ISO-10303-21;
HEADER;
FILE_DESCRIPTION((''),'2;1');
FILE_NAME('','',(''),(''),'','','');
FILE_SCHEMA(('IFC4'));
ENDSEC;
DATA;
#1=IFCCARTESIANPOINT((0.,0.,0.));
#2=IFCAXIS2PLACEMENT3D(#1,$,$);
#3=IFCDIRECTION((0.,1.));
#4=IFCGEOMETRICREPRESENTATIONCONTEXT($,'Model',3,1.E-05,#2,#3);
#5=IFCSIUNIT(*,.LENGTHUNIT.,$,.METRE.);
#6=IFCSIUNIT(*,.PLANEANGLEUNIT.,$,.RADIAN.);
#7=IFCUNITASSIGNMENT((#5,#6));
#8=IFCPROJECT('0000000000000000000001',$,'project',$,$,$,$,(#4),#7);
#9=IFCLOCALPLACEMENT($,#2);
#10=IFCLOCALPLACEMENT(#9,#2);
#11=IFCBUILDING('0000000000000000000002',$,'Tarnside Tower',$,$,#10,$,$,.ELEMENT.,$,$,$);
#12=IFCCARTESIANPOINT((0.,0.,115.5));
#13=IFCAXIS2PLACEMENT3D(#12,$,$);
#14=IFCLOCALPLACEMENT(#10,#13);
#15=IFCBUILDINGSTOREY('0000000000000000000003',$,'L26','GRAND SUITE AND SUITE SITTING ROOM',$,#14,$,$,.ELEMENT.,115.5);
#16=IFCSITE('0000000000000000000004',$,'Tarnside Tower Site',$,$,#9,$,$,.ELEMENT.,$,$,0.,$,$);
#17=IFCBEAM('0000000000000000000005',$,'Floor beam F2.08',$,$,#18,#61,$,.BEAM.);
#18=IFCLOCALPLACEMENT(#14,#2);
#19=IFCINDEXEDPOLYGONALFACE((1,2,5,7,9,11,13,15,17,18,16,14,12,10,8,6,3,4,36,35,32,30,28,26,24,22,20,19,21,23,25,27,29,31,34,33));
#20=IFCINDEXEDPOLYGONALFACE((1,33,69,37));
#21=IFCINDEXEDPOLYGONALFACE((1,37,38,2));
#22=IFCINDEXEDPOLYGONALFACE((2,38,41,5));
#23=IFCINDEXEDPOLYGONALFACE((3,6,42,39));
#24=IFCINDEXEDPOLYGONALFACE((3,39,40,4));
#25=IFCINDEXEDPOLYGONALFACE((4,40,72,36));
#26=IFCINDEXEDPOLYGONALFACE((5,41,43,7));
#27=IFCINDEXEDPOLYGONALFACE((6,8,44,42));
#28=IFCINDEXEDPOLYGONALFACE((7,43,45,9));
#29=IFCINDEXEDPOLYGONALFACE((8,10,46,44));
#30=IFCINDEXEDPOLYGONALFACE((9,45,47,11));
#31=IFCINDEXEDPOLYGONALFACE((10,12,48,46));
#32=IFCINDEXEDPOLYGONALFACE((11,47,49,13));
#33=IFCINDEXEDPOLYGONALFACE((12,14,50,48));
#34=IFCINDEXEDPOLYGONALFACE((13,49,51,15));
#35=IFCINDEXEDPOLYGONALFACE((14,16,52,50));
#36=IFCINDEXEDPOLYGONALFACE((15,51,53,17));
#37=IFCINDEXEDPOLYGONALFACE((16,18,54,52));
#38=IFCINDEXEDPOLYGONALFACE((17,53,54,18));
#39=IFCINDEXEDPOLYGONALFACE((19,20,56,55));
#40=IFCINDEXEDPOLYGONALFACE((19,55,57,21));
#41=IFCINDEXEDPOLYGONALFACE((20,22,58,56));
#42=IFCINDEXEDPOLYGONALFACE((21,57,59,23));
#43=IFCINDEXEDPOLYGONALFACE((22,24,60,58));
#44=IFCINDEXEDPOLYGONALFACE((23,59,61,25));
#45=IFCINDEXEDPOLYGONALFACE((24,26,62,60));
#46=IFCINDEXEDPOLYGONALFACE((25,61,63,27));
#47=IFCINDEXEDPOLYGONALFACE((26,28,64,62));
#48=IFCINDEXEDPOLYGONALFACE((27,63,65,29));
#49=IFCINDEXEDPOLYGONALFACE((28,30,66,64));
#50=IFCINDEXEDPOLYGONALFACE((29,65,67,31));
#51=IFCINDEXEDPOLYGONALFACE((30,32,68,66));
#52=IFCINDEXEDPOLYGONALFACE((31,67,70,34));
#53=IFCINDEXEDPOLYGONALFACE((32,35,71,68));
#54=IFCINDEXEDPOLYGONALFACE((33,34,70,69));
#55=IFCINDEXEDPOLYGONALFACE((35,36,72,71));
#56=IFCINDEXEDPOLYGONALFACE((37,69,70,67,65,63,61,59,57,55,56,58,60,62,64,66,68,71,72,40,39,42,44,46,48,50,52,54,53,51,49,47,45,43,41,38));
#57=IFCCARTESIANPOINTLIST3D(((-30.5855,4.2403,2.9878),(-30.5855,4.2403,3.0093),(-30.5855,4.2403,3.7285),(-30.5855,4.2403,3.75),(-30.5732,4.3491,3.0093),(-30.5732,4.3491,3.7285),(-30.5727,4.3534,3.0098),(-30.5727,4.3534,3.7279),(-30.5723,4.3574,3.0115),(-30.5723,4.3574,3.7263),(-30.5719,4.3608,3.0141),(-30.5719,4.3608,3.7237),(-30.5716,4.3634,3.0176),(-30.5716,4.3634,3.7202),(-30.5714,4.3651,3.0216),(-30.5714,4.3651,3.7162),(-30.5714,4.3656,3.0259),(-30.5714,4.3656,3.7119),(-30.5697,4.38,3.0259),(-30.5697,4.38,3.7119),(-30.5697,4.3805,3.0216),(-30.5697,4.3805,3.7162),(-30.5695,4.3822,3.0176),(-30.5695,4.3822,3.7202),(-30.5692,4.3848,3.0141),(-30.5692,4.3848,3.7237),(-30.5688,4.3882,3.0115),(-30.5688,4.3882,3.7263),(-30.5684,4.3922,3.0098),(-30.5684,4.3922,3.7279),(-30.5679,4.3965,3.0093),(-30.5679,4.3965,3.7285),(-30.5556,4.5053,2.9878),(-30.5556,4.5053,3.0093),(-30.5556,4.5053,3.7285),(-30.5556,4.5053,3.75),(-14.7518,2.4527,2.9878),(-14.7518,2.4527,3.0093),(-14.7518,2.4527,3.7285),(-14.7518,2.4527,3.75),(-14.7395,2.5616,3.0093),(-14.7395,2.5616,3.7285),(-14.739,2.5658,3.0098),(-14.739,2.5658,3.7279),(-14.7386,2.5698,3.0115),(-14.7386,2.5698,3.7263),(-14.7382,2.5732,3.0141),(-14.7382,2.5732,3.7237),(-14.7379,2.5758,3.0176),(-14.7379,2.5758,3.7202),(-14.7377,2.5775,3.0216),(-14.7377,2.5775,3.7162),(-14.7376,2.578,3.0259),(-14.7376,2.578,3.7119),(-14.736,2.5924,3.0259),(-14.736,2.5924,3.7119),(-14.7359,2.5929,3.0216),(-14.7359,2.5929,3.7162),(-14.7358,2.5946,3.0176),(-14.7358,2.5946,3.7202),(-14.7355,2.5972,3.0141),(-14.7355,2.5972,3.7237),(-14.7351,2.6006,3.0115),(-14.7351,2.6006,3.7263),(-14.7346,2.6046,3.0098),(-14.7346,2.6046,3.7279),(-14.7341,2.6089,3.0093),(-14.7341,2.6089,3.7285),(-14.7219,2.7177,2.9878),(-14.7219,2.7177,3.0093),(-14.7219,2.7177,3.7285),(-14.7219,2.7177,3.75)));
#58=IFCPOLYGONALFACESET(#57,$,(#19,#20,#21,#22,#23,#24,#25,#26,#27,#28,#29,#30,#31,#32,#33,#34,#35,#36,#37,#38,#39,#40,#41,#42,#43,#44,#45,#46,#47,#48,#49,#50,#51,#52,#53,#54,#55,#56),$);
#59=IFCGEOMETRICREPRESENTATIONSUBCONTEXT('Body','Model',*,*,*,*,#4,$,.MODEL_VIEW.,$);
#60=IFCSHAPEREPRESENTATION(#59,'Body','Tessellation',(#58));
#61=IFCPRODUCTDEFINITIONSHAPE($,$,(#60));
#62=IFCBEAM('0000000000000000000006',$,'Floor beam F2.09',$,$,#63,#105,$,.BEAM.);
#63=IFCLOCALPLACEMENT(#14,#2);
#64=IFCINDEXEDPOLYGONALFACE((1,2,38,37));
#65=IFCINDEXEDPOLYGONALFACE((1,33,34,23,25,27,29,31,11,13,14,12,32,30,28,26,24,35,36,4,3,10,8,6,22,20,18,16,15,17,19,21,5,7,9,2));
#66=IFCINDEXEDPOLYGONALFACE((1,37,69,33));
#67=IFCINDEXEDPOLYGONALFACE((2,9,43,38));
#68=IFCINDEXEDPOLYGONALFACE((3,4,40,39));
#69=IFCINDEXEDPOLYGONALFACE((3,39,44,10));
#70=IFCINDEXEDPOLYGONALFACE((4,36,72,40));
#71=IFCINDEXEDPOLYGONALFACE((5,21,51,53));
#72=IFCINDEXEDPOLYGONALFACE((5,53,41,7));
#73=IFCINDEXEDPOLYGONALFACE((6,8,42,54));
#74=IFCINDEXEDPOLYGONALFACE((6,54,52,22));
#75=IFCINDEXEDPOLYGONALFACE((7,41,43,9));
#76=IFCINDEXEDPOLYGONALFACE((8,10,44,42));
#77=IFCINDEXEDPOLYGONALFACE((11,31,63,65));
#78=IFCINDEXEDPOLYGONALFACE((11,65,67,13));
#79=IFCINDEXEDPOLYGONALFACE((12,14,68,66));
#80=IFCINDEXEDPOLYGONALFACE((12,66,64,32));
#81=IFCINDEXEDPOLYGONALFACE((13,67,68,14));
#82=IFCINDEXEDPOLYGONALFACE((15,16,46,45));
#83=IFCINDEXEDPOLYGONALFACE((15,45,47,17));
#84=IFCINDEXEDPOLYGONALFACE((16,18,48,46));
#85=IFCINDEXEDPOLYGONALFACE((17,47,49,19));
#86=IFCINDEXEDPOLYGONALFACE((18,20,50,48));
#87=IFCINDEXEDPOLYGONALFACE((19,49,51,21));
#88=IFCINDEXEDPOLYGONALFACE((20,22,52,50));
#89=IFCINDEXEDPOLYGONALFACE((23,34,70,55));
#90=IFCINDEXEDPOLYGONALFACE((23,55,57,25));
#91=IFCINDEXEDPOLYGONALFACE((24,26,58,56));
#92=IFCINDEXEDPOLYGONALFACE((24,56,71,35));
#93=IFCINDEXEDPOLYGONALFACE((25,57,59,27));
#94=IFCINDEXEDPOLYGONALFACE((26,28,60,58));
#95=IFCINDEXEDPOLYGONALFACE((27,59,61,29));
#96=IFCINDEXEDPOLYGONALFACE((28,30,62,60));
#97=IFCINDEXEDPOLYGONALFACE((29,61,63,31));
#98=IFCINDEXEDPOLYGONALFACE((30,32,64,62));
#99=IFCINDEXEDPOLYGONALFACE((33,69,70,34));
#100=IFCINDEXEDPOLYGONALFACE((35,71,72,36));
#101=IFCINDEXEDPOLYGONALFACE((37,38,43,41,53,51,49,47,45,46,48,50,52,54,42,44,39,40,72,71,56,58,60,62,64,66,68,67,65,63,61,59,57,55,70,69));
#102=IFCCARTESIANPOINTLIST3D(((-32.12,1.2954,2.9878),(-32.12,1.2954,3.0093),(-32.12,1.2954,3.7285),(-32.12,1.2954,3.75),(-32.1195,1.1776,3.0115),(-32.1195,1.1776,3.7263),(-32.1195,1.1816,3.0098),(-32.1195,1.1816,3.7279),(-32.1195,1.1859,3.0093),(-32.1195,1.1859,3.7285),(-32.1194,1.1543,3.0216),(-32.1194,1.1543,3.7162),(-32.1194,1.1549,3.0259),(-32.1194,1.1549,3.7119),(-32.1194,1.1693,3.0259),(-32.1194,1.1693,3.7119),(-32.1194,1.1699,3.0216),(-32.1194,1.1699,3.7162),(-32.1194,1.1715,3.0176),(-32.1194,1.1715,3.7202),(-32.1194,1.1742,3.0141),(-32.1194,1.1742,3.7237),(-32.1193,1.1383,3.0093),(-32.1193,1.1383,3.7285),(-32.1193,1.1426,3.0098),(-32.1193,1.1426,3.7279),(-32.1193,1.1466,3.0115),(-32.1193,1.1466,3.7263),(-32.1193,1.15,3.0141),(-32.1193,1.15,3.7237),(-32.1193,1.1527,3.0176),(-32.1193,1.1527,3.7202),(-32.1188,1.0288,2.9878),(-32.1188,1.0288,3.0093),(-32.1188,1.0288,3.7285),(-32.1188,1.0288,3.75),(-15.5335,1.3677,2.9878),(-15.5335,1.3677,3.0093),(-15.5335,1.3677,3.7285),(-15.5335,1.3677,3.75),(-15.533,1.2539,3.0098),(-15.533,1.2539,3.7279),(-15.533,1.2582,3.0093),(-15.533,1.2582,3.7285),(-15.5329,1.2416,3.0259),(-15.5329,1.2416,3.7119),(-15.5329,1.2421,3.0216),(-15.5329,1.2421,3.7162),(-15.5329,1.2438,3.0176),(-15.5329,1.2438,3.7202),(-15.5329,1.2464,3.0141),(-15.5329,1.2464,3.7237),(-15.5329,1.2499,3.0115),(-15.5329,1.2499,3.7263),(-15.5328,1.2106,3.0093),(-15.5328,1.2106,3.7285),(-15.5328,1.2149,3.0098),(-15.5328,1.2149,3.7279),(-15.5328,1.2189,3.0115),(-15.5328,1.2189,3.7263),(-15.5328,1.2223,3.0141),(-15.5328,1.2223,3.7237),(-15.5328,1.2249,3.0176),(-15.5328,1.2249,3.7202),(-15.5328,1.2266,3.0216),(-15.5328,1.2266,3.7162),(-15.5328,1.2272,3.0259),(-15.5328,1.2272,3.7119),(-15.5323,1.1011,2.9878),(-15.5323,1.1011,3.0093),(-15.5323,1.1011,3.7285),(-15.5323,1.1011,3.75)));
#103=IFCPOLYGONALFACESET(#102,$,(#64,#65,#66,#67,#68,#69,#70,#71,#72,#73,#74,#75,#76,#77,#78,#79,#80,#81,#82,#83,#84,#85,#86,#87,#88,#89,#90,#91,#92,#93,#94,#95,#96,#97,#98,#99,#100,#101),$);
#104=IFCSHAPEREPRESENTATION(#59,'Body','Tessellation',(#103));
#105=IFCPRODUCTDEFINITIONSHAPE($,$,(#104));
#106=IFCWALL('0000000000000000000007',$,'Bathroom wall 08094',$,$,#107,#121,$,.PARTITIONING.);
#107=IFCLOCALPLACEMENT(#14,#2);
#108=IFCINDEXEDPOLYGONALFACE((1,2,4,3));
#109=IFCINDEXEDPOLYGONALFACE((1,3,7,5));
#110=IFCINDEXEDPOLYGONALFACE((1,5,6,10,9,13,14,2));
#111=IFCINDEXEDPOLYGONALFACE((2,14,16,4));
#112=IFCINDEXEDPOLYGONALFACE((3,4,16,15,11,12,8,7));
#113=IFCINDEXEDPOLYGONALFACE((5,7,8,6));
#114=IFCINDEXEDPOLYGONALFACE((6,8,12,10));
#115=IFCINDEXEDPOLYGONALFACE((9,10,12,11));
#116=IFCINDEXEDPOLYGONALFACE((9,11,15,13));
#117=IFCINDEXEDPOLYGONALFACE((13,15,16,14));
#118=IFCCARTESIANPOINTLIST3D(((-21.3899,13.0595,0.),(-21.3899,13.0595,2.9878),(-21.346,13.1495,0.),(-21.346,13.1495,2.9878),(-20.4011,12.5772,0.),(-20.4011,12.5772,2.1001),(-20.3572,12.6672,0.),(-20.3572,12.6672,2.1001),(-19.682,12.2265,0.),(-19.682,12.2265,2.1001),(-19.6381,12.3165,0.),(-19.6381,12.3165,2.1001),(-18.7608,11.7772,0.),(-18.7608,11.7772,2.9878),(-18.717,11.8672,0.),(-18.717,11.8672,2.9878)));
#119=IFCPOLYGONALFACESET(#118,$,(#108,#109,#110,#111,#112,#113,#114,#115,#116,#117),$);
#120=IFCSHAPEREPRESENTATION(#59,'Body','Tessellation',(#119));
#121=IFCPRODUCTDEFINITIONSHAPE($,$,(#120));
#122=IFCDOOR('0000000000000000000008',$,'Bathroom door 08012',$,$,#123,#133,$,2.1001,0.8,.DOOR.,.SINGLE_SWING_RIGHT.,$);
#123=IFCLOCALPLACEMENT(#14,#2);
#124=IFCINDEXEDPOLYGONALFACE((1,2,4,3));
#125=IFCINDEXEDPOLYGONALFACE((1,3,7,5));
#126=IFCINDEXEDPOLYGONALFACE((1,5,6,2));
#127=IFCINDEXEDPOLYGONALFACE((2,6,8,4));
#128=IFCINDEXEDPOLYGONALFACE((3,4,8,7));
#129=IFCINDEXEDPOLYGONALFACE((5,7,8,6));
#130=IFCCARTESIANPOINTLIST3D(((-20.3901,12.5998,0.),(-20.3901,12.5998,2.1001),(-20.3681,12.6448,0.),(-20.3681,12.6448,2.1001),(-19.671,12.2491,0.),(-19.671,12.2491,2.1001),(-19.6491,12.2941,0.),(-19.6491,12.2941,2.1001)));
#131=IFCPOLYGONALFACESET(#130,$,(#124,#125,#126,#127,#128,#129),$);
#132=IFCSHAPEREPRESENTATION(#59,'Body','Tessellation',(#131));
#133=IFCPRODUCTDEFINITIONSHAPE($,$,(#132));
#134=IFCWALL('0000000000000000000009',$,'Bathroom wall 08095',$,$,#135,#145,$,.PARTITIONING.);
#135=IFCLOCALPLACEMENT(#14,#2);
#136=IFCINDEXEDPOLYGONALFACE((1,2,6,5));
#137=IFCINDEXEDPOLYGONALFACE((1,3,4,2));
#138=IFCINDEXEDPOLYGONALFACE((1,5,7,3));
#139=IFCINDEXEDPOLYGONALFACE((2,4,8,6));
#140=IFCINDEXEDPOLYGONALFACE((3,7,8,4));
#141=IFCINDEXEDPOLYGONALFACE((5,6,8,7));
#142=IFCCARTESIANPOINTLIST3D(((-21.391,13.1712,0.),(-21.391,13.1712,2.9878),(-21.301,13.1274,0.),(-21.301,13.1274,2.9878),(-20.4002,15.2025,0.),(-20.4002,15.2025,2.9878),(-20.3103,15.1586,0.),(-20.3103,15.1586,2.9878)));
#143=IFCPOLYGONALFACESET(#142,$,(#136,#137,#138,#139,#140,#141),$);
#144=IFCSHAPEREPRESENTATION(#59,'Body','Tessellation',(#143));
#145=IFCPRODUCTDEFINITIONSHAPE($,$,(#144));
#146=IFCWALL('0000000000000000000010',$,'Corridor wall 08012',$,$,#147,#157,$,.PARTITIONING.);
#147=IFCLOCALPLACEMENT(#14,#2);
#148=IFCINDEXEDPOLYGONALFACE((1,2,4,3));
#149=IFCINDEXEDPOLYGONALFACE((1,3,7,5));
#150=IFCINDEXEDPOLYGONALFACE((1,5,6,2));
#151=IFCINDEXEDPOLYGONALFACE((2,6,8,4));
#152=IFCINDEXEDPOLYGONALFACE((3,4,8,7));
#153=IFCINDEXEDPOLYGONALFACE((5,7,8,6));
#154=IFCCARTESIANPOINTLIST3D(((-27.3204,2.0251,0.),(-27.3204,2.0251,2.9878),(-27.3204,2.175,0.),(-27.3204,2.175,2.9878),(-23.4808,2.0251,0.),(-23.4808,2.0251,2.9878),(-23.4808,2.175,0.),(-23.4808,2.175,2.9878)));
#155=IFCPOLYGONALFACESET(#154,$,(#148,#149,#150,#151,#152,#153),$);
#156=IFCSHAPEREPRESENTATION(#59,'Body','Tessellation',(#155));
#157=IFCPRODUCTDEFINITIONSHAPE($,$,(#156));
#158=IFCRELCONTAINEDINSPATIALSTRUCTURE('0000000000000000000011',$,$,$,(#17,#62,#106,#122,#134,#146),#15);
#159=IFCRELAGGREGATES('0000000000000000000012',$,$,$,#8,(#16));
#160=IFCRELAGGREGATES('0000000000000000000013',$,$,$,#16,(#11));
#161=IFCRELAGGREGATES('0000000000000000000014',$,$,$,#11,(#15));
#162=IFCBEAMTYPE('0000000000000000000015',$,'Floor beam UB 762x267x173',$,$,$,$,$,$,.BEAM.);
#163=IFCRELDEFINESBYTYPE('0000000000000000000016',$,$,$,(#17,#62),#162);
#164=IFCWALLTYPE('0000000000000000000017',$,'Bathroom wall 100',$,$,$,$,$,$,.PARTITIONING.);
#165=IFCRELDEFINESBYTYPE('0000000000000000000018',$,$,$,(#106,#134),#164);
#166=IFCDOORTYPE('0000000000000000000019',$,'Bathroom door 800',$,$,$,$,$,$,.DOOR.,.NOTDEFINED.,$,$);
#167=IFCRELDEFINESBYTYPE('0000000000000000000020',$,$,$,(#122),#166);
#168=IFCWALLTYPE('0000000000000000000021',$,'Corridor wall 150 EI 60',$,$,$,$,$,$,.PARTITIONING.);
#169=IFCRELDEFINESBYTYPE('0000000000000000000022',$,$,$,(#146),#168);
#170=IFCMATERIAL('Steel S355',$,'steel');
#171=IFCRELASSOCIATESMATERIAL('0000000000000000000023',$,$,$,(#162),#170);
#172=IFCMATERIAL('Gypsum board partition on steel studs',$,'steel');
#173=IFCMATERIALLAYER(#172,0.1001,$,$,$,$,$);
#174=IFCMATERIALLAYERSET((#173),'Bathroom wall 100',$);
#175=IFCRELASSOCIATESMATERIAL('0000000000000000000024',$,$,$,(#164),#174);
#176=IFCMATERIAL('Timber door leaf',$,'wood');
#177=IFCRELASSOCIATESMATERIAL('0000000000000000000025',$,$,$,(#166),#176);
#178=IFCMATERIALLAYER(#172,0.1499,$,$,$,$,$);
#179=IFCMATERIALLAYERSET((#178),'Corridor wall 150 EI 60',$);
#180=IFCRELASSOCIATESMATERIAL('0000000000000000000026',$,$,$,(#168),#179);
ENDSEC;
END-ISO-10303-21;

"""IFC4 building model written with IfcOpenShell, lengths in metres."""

from ifc_helpers import new_model, si_unit, direction, frame, frame_2d, origin, origin_2d, place, context, subcontext, project, spatial, rectangle, i_section, extrude, material, layer, layer_set, material_profile, profile_set, type_object, element, fill, save


model = new_model("IFC4")

# Units and contexts
model_context = context("Model", 3, precision=1e-05, world=origin(), true_north=direction((0.0, 1.0)))
body_context = subcontext(model_context, "Body", "Model", "MODEL_VIEW")
ifc_project = project(units=[si_unit("LENGTHUNIT", "METRE"), si_unit("PLANEANGLEUNIT", "RADIAN")], contexts=[model_context])

# Site, building, storey
site_placement = place(None, origin())
site = spatial("IfcSite", under=ifc_project, at=site_placement, Name="Tarnside Tower Site", CompositionType="ELEMENT", RefElevation=0.0)
building_placement = place(site_placement, origin())
building = spatial("IfcBuilding", under=site, at=building_placement, Name="Tarnside Tower", CompositionType="ELEMENT")
storey_placement = place(building_placement, frame((0.0, 0.0, 115.5)))
storey = spatial("IfcBuildingStorey", under=building, at=storey_placement, Name="L26", Description="GRAND SUITE AND SUITE SITTING ROOM", CompositionType="ELEMENT", Elevation=115.5)

# Beams
ifc_material_1 = material(Name="Steel S355", Category="steel")
ifc_material_profile_1 = material_profile(ifc_material_1, i_section(OverallWidth=0.2666, OverallDepth=0.7622, WebThickness=0.0144, FlangeThickness=0.0215, FilletRadius=0.0166, at=origin_2d()), Name="UB 762x267x173")
ifc_profile_set_1 = profile_set([ifc_material_profile_1], Name="Steel S355")
beam_type_1 = type_object("IfcBeamType", Name="Floor beam UB 762x267x173", PredefinedType="BEAM", material=ifc_profile_set_1)
beam_1_placement = place(storey_placement, frame((-30.5706, 4.3728, 3.3689), z_axis=(0.993687, -0.112185, 0.0), x_axis=(0.112185, 0.993687, 0.0)))
element("IfcBeam", 1, at=beam_1_placement, inside=storey, type_object=beam_type_1, Name="Floor beam F2.08", PredefinedType="BEAM", context=body_context, shape_type="SweptSolid", body=[
    extrude(i_section(OverallWidth=0.2666, OverallDepth=0.7622, WebThickness=0.0144, FlangeThickness=0.0215, FilletRadius=0.0166, at=origin_2d()), origin(), (0.0, 0.0, 1.0), 15.9343),
])
beam_2_placement = place(storey_placement, frame((-32.1194, 1.1621, 3.3689), z_axis=(0.999991, 0.004357, 0.0), x_axis=(-0.004357, 0.999991, 0.0)))
element("IfcBeam", 2, at=beam_2_placement, inside=storey, type_object=beam_type_1, Name="Floor beam F2.09", PredefinedType="BEAM", context=body_context, shape_type="SweptSolid", body=[
    extrude(i_section(OverallWidth=0.2666, OverallDepth=0.7622, WebThickness=0.0144, FlangeThickness=0.0215, FilletRadius=0.0166, at=origin_2d()), origin(), (0.0, 0.0, 1.0), 16.5867),
])

# Wall, opening, door
ifc_material_2 = material(Name="Gypsum board partition on steel studs", Category="steel")
ifc_layer_1 = layer(ifc_material_2, 0.1001)
ifc_layer_set_1 = layer_set([ifc_layer_1], Name="Bathroom wall 100")
wall_type_1 = type_object("IfcWallType", Name="Bathroom wall 100", PredefinedType="PARTITIONING", material=ifc_layer_set_1)
wall_1_placement = place(storey_placement, frame((-18.739, 11.8223, 0.0), z_axis=(0.0, 0.0, 1.0), x_axis=(-0.898791, 0.438378, 0.0)))
wall_1 = element("IfcWall", 3, at=wall_1_placement, inside=storey, type_object=wall_type_1, Name="Bathroom wall 08094", PredefinedType="PARTITIONING", context=body_context, shape_type="SweptSolid", body=[
    extrude(rectangle(XDim=2.925, YDim=0.1001, at=frame_2d((1.4624, 0.0))), origin(), (0.0, 0.0, 1.0), 2.9878),
])
opening_1_placement = place(wall_1_placement, frame((1.0249, 0.0, 0.0)))
opening_1 = element("IfcOpeningElement", 4, at=opening_1_placement, cuts=wall_1, PredefinedType="OPENING", context=body_context, shape_type="SweptSolid", body=[
    extrude(rectangle(XDim=0.8, YDim=2.1001, at=frame_2d((0.3999, 1.05))), frame((0.0, 0.0601, 0.0), z_axis=(0.0, -1.0, 0.0), x_axis=(1.0, 0.0, 0.0)), (0.0, 0.0, 1.0), 0.1201),
])
ifc_material_3 = material(Name="Timber door leaf", Category="wood")
door_type_1 = type_object("IfcDoorType", Name="Bathroom door 800", OperationType="NOTDEFINED", PredefinedType="DOOR", material=ifc_material_3)
door_1_placement = place(opening_1_placement, origin())
door_1 = element("IfcDoor", 5, at=door_1_placement, inside=storey, type_object=door_type_1, Name="Bathroom door 08012", OperationType="SINGLE_SWING_RIGHT", OverallHeight=2.1001, OverallWidth=0.8, PredefinedType="DOOR", context=body_context, shape_type="SweptSolid", body=[
    extrude(rectangle(XDim=0.8, YDim=2.1001, at=frame_2d((0.3999, 1.05))), frame((0.0, 0.0249, 0.0), z_axis=(0.0, -1.0, 0.0), x_axis=(1.0, 0.0, 0.0)), (0.0, 0.0, 1.0), 0.05),
])
fill(opening_1, door_1)

# Walls
wall_2_placement = place(storey_placement, frame((-21.3459, 13.1494, 0.0), z_axis=(0.0, 0.0, 1.0), x_axis=(0.438377, 0.898791, 0.0)))
element("IfcWall", 6, at=wall_2_placement, inside=storey, type_object=wall_type_1, Name="Bathroom wall 08095", PredefinedType="PARTITIONING", context=body_context, shape_type="SweptSolid", body=[
    extrude(rectangle(XDim=2.26, YDim=0.1001, at=frame_2d((1.1299, 0.0))), origin(), (0.0, 0.0, 1.0), 2.9878),
])
ifc_layer_2 = layer(ifc_material_2, 0.1499)
ifc_layer_set_2 = layer_set([ifc_layer_2], Name="Corridor wall 150 EI 60")
wall_type_2 = type_object("IfcWallType", Name="Corridor wall 150 EI 60", PredefinedType="PARTITIONING", material=ifc_layer_set_2)
wall_3_placement = place(storey_placement, frame((-23.4807, 2.1001, 0.0), z_axis=(0.0, 0.0, 1.0), x_axis=(-1.0, 0.0, 0.0)))
element("IfcWall", 7, at=wall_3_placement, inside=storey, type_object=wall_type_2, Name="Corridor wall 08012", PredefinedType="PARTITIONING", context=body_context, shape_type="SweptSolid", body=[
    extrude(rectangle(XDim=3.8396, YDim=0.1499, at=frame_2d((1.9199, 0.0))), origin(), (0.0, 0.0, 1.0), 2.9878),
])

save(model, "model.ifc")
